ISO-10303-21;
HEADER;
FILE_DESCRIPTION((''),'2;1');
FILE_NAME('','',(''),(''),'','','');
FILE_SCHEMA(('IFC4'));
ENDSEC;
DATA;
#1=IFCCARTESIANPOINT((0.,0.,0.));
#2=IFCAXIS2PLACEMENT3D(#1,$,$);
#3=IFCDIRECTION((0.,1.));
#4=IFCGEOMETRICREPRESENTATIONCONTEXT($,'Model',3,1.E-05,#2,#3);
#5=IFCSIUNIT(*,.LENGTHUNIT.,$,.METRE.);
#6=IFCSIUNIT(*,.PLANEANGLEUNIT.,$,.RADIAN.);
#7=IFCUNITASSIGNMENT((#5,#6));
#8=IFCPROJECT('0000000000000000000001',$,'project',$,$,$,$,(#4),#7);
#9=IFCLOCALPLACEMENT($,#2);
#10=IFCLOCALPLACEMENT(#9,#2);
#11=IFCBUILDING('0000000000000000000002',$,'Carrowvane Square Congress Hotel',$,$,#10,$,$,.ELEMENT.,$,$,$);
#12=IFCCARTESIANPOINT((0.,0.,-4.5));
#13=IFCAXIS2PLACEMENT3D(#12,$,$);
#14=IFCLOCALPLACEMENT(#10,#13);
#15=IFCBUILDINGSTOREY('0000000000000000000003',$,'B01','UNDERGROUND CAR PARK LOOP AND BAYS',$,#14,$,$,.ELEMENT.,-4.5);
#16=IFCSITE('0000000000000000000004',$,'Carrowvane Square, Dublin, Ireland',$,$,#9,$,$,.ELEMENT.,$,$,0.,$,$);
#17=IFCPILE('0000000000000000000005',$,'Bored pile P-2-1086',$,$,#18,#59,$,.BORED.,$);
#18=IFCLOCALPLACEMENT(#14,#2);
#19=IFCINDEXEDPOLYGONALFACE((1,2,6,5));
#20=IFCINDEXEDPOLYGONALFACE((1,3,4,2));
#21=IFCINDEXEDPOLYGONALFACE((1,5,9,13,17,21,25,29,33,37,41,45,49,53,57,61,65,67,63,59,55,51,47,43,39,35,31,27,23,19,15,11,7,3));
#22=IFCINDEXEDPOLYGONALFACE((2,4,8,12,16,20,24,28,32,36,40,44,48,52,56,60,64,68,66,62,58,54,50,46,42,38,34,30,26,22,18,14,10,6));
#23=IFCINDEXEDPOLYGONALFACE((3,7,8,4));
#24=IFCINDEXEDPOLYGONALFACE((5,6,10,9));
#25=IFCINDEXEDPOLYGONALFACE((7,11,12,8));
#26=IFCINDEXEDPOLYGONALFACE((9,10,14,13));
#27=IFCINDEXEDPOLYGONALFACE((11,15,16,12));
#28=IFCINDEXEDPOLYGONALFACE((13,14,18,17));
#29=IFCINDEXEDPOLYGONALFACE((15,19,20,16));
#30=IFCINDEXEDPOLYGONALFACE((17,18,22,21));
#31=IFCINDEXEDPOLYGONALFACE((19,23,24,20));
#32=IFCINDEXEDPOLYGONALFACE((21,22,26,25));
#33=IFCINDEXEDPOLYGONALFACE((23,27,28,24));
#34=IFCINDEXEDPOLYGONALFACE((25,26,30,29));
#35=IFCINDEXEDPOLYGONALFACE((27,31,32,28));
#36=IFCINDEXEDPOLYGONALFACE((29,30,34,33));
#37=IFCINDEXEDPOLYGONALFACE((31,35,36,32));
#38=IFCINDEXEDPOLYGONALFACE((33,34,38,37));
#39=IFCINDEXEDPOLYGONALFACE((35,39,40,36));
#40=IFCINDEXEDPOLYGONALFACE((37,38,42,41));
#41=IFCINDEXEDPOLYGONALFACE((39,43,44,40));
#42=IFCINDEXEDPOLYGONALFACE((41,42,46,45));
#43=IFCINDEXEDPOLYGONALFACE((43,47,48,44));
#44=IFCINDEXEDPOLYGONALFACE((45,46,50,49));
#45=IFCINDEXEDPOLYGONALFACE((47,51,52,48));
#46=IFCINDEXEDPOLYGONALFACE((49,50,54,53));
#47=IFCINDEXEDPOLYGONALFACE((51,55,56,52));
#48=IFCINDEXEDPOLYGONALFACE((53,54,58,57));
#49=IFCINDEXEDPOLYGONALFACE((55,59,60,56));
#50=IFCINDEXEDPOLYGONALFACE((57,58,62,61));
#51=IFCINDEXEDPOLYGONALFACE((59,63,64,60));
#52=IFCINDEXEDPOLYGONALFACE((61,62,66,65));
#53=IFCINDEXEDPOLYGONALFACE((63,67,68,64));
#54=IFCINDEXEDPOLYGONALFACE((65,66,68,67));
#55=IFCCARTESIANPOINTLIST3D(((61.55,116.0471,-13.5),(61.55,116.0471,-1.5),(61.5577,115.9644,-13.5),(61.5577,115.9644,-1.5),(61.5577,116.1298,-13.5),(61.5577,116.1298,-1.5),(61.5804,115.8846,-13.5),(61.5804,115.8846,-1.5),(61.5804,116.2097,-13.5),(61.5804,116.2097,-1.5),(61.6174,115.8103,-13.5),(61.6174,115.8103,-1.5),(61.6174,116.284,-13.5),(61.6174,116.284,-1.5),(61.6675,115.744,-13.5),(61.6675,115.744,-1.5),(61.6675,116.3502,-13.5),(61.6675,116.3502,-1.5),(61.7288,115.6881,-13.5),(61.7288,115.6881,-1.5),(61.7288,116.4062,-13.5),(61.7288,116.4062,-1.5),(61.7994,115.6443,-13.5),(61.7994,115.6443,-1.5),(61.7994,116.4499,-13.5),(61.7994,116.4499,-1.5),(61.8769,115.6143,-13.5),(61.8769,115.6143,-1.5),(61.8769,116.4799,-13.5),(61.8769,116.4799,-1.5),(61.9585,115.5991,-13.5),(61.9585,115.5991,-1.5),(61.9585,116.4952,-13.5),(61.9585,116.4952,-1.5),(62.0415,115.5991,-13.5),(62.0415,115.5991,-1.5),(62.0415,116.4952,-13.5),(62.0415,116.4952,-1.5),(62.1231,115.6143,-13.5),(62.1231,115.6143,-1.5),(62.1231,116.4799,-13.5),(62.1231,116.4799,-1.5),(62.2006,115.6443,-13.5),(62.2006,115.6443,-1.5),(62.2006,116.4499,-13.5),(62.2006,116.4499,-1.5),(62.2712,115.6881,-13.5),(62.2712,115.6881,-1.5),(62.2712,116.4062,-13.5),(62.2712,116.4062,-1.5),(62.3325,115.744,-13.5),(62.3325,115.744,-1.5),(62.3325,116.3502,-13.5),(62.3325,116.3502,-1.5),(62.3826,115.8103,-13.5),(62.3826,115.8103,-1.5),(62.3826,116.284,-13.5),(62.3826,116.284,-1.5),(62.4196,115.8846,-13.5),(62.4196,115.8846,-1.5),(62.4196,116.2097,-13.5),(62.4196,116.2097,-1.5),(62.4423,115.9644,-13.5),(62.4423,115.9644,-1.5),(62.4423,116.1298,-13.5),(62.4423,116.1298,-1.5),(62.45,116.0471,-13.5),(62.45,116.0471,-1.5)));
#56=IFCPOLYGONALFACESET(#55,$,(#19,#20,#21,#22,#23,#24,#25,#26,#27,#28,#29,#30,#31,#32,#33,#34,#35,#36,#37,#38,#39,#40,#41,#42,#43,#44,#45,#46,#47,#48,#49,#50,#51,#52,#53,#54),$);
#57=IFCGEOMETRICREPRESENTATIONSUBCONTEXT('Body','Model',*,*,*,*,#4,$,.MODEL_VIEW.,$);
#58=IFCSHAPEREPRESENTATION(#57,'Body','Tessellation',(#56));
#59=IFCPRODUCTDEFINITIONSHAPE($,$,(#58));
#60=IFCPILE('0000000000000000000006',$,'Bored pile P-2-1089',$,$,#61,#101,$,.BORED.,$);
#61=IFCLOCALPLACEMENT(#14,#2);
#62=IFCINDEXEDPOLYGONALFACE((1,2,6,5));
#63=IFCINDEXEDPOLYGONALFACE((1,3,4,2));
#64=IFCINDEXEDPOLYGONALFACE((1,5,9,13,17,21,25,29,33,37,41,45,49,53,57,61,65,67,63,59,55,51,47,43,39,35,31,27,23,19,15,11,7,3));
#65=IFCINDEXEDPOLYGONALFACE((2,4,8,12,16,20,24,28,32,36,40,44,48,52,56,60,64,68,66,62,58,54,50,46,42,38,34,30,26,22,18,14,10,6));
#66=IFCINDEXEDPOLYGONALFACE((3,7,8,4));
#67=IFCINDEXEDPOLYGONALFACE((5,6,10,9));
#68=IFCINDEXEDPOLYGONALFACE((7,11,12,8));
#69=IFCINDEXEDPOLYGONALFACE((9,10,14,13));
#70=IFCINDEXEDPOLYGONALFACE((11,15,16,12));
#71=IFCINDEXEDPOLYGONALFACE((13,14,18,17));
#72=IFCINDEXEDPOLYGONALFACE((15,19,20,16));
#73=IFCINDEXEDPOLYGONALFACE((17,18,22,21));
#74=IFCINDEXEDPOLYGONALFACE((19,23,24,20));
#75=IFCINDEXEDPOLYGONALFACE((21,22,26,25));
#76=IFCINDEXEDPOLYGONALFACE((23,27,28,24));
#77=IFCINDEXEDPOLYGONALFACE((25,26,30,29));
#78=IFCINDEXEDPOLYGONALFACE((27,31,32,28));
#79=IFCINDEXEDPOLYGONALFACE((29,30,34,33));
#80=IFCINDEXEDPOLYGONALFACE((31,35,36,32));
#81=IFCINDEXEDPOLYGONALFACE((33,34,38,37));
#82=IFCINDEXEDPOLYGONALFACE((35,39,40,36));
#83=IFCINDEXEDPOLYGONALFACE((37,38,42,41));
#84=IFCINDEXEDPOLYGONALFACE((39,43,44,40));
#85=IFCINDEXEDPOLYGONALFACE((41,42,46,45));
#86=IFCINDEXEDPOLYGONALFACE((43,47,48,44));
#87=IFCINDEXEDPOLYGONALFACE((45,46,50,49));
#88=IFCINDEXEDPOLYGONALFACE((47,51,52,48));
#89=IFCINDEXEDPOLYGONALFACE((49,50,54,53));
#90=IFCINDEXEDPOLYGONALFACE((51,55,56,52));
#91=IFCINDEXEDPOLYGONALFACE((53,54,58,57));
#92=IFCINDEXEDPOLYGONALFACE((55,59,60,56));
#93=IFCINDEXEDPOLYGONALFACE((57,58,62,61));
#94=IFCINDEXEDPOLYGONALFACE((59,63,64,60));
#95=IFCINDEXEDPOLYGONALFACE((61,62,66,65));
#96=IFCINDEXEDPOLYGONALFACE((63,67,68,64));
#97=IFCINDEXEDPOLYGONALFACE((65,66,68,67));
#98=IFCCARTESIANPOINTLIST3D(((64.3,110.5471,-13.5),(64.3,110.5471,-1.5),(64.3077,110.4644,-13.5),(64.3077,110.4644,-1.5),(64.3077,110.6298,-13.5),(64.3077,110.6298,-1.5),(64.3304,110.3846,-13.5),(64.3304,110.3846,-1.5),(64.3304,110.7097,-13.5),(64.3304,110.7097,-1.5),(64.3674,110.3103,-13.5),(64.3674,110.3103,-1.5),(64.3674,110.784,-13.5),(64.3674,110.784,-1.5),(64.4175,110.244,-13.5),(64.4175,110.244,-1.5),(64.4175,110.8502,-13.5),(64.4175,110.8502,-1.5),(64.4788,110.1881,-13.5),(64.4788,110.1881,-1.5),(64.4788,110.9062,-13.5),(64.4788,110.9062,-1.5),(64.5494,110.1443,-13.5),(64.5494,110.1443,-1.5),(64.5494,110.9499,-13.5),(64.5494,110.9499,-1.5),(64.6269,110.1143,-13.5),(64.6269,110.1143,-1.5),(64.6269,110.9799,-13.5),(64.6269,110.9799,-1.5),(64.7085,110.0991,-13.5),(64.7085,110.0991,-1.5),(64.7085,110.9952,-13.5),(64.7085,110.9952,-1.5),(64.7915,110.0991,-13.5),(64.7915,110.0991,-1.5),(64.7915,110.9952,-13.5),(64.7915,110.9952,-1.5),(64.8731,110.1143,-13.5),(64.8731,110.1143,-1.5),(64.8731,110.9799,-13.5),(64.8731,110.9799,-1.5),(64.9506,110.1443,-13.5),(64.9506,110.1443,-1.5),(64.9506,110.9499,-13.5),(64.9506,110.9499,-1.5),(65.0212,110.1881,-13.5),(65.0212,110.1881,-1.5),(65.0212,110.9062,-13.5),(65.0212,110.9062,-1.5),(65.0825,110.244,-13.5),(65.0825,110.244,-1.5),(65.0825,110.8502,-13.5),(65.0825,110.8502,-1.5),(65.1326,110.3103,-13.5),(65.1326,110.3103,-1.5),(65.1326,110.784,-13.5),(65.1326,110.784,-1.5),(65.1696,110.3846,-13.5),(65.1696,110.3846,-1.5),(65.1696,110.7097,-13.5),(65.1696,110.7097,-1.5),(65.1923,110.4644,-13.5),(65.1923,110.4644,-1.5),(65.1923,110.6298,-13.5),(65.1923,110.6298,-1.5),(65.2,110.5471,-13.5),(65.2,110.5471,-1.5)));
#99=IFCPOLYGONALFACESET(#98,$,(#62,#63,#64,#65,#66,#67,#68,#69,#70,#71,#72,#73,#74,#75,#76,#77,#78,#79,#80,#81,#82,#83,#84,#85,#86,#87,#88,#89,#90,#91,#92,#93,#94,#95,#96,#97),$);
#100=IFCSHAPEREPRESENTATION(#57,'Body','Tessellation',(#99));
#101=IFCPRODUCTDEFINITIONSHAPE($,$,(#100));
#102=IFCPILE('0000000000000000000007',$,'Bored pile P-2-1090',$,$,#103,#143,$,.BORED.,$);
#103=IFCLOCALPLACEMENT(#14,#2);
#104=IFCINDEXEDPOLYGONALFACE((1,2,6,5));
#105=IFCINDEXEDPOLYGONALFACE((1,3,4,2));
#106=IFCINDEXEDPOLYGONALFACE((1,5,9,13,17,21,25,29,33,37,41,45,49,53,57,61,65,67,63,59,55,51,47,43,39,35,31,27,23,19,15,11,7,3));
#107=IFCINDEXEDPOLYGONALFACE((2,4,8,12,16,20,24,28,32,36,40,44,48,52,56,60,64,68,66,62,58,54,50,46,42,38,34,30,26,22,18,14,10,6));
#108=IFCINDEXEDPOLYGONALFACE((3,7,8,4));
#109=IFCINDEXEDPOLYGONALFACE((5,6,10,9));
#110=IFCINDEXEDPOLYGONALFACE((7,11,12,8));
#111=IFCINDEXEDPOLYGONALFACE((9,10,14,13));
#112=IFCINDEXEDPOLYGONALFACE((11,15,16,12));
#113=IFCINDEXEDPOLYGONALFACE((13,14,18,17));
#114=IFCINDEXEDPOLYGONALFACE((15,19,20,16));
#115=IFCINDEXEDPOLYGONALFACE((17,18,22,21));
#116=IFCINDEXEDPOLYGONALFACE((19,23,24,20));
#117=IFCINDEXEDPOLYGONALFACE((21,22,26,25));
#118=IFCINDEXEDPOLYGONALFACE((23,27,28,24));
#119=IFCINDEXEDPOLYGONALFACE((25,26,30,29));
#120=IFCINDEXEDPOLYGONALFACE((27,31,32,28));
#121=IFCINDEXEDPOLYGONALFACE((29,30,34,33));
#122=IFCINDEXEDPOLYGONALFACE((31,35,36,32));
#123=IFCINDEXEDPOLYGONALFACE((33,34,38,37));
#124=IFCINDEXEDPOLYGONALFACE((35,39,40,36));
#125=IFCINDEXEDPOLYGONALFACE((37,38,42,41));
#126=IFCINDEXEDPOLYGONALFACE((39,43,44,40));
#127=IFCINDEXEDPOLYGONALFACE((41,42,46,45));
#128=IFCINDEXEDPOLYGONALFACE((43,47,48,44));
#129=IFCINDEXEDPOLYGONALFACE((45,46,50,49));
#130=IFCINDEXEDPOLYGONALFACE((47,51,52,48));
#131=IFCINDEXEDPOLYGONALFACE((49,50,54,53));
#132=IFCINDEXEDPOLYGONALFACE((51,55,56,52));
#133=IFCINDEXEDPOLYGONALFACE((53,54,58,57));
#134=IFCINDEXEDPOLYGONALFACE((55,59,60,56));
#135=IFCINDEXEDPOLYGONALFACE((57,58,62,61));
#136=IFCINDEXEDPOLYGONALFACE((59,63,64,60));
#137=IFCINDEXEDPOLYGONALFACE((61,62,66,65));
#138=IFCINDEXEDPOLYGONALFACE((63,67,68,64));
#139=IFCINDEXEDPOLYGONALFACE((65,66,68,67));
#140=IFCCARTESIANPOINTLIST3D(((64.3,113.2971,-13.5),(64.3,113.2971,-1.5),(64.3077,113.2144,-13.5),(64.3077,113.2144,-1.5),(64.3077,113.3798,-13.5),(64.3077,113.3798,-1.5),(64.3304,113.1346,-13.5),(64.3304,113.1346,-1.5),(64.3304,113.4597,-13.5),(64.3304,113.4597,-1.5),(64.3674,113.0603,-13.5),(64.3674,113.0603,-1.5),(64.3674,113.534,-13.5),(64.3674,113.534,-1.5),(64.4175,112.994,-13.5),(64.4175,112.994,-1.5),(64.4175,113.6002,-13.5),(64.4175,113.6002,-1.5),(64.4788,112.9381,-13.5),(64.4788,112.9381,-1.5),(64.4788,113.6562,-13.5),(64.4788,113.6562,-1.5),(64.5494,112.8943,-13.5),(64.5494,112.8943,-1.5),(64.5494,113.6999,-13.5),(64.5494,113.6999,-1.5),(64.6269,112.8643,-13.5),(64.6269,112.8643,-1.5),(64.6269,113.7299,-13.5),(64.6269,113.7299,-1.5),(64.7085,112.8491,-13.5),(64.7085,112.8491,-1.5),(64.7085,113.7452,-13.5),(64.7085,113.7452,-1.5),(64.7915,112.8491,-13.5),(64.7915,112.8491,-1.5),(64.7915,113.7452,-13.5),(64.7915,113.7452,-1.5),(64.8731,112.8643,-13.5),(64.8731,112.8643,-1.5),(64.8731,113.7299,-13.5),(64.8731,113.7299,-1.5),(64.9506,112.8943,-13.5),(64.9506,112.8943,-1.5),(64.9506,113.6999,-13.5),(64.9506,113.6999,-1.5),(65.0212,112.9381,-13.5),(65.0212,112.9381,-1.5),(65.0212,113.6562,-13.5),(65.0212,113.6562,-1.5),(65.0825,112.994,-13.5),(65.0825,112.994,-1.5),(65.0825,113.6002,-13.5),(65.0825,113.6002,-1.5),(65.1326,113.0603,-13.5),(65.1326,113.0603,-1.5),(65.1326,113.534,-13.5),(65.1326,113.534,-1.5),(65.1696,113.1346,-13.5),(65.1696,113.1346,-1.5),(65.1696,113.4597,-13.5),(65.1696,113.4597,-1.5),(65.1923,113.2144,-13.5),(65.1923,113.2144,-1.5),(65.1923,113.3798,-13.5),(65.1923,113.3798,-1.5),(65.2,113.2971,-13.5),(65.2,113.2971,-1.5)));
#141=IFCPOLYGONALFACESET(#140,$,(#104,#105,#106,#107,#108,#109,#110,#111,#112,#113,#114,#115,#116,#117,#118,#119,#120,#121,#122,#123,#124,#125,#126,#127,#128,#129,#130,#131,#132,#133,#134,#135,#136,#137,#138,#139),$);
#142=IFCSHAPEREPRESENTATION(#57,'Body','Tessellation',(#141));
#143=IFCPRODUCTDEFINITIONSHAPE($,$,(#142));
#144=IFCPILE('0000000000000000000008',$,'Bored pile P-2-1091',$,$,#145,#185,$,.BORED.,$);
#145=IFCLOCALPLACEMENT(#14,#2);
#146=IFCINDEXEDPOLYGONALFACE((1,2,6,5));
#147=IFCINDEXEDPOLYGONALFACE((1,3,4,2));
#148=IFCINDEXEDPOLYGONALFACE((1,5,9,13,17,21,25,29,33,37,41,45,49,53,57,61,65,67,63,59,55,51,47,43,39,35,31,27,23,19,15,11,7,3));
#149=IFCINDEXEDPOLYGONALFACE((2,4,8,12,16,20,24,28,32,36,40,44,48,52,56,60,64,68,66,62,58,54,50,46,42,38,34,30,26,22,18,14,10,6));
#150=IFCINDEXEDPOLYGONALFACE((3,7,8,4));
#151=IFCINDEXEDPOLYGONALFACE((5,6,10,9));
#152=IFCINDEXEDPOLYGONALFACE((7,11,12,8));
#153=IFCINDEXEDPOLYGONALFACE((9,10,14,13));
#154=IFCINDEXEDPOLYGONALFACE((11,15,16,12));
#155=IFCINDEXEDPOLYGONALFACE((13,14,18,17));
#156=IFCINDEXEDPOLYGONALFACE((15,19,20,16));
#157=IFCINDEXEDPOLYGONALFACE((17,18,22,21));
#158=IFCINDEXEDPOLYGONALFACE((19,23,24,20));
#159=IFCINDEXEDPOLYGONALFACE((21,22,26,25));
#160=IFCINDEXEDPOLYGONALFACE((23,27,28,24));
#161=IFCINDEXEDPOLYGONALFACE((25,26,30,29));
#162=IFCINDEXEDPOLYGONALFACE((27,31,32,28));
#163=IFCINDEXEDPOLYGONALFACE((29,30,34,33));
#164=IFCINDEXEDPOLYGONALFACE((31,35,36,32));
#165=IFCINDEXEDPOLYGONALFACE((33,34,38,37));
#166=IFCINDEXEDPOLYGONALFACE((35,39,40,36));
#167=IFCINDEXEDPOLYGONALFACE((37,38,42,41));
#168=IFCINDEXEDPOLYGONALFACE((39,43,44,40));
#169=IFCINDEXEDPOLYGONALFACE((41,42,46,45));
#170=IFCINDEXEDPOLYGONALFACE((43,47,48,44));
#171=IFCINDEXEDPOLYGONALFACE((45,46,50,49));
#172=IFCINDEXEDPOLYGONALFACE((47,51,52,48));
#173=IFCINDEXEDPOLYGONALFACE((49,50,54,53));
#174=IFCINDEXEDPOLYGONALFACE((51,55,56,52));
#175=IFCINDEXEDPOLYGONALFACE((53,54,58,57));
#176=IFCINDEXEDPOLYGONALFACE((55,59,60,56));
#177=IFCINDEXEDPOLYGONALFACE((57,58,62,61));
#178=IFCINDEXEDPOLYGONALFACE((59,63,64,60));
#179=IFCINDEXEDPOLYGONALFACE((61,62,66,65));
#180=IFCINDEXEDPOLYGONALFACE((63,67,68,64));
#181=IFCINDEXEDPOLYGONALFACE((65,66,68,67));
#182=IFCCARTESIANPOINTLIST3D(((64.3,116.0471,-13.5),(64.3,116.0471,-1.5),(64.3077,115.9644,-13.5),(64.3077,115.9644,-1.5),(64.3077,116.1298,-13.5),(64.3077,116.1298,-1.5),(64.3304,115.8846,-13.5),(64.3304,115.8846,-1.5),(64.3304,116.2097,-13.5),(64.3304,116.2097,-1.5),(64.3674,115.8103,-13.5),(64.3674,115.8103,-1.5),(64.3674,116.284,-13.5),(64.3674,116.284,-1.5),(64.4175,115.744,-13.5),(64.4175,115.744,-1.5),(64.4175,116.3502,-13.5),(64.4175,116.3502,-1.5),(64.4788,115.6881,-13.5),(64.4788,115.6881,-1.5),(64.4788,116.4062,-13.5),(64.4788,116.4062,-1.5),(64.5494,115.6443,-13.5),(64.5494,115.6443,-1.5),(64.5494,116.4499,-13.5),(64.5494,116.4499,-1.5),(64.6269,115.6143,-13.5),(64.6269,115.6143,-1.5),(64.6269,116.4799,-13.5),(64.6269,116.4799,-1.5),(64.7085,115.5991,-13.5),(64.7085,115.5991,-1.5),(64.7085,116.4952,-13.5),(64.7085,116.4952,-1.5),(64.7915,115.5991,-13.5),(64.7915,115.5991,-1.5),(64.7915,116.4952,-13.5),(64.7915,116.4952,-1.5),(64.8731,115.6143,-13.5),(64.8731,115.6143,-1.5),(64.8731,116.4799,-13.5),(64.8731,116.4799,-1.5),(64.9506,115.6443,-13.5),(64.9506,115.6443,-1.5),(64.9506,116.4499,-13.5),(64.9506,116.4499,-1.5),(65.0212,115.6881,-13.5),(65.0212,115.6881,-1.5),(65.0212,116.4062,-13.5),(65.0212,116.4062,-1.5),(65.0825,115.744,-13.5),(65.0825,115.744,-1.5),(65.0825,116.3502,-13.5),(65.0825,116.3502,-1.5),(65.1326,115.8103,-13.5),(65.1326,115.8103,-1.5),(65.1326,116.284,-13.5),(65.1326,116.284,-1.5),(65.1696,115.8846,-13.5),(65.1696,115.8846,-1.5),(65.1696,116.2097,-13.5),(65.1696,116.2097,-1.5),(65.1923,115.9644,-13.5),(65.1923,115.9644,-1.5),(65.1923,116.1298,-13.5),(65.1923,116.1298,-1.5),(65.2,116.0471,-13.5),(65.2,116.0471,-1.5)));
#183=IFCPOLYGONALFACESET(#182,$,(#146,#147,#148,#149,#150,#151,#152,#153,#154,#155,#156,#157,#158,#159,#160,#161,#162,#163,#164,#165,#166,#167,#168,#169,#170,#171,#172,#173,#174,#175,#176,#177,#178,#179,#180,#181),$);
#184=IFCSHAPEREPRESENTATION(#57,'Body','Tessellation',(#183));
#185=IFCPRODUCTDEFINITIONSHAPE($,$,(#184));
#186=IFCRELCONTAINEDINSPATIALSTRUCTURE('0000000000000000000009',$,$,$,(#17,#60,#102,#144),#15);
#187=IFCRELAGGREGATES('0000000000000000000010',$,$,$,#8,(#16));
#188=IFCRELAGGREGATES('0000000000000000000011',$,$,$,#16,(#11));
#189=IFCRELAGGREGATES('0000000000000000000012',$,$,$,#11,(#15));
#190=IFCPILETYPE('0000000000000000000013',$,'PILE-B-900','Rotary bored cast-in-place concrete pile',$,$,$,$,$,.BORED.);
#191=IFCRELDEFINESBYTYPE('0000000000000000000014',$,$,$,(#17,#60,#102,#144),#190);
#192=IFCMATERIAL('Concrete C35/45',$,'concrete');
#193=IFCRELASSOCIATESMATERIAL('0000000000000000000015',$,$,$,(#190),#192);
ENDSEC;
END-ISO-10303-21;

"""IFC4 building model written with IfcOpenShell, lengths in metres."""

from ifc_helpers import new_model, si_unit, direction, frame, origin, origin_2d, place, context, subcontext, project, spatial, circle, extrude, material, material_profile, profile_set, type_object, element, save


model = new_model("IFC4")

# Units and contexts
model_context = context("Model", 3, precision=1e-05, world=origin(), true_north=direction((0.0, 1.0)))
body_context = subcontext(model_context, "Body", "Model", "MODEL_VIEW")
ifc_project = project(units=[si_unit("LENGTHUNIT", "METRE"), si_unit("PLANEANGLEUNIT", "RADIAN")], contexts=[model_context])

# Site, building, storey
site_placement = place(None, origin())
site = spatial("IfcSite", under=ifc_project, at=site_placement, Name="Carrowvane Square, Dublin, Ireland", CompositionType="ELEMENT", RefElevation=0.0)
building_placement = place(site_placement, origin())
building = spatial("IfcBuilding", under=site, at=building_placement, Name="Carrowvane Square Congress Hotel", CompositionType="ELEMENT")
storey_placement = place(building_placement, frame((0.0, 0.0, -4.5)))
storey = spatial("IfcBuildingStorey", under=building, at=storey_placement, Name="B01", Description="UNDERGROUND CAR PARK LOOP AND BAYS", CompositionType="ELEMENT", Elevation=-4.5)

# Piles
ifc_material_1 = material(Name="Concrete C35/45", Category="concrete")
ifc_material_profile_1 = material_profile(ifc_material_1, circle(Radius=0.45, at=origin_2d()), Name="PILE D900")
ifc_profile_set_1 = profile_set([ifc_material_profile_1], Name="Concrete C35/45")
pile_type = type_object("IfcPileType", Name="PILE-B-900", Description="Rotary bored cast-in-place concrete pile", PredefinedType="BORED", material=ifc_profile_set_1)
for number, where, z_axis, x_axis, name in (
    (1, (62.0, 116.0471, -1.5), (0.0, 0.0, -1.0), (1.0, 0.0, 0.0), "Bored pile P-2-1086"),
    (2, (64.75, 110.5471, -1.5), (0.0, 0.0, -1.0), (1.0, 0.0, 0.0), "Bored pile P-2-1089"),
    (3, (64.75, 113.2971, -1.5), (0.0, 0.0, -1.0), (1.0, 0.0, 0.0), "Bored pile P-2-1090"),
    (4, (64.75, 116.0471, -1.5), (0.0, 0.0, -1.0), (1.0, 0.0, 0.0), "Bored pile P-2-1091"),
):
    element("IfcPile", number, at=place(storey_placement, frame(where, z_axis=z_axis, x_axis=x_axis)), inside=storey, type_object=pile_type, Name=name, PredefinedType="BORED", context=body_context, shape_type="SweptSolid", body=[
        extrude(circle(Radius=0.45, at=origin_2d()), origin(), (0.0, 0.0, 1.0), 12.0),
    ])

save(model, "model.ifc")
